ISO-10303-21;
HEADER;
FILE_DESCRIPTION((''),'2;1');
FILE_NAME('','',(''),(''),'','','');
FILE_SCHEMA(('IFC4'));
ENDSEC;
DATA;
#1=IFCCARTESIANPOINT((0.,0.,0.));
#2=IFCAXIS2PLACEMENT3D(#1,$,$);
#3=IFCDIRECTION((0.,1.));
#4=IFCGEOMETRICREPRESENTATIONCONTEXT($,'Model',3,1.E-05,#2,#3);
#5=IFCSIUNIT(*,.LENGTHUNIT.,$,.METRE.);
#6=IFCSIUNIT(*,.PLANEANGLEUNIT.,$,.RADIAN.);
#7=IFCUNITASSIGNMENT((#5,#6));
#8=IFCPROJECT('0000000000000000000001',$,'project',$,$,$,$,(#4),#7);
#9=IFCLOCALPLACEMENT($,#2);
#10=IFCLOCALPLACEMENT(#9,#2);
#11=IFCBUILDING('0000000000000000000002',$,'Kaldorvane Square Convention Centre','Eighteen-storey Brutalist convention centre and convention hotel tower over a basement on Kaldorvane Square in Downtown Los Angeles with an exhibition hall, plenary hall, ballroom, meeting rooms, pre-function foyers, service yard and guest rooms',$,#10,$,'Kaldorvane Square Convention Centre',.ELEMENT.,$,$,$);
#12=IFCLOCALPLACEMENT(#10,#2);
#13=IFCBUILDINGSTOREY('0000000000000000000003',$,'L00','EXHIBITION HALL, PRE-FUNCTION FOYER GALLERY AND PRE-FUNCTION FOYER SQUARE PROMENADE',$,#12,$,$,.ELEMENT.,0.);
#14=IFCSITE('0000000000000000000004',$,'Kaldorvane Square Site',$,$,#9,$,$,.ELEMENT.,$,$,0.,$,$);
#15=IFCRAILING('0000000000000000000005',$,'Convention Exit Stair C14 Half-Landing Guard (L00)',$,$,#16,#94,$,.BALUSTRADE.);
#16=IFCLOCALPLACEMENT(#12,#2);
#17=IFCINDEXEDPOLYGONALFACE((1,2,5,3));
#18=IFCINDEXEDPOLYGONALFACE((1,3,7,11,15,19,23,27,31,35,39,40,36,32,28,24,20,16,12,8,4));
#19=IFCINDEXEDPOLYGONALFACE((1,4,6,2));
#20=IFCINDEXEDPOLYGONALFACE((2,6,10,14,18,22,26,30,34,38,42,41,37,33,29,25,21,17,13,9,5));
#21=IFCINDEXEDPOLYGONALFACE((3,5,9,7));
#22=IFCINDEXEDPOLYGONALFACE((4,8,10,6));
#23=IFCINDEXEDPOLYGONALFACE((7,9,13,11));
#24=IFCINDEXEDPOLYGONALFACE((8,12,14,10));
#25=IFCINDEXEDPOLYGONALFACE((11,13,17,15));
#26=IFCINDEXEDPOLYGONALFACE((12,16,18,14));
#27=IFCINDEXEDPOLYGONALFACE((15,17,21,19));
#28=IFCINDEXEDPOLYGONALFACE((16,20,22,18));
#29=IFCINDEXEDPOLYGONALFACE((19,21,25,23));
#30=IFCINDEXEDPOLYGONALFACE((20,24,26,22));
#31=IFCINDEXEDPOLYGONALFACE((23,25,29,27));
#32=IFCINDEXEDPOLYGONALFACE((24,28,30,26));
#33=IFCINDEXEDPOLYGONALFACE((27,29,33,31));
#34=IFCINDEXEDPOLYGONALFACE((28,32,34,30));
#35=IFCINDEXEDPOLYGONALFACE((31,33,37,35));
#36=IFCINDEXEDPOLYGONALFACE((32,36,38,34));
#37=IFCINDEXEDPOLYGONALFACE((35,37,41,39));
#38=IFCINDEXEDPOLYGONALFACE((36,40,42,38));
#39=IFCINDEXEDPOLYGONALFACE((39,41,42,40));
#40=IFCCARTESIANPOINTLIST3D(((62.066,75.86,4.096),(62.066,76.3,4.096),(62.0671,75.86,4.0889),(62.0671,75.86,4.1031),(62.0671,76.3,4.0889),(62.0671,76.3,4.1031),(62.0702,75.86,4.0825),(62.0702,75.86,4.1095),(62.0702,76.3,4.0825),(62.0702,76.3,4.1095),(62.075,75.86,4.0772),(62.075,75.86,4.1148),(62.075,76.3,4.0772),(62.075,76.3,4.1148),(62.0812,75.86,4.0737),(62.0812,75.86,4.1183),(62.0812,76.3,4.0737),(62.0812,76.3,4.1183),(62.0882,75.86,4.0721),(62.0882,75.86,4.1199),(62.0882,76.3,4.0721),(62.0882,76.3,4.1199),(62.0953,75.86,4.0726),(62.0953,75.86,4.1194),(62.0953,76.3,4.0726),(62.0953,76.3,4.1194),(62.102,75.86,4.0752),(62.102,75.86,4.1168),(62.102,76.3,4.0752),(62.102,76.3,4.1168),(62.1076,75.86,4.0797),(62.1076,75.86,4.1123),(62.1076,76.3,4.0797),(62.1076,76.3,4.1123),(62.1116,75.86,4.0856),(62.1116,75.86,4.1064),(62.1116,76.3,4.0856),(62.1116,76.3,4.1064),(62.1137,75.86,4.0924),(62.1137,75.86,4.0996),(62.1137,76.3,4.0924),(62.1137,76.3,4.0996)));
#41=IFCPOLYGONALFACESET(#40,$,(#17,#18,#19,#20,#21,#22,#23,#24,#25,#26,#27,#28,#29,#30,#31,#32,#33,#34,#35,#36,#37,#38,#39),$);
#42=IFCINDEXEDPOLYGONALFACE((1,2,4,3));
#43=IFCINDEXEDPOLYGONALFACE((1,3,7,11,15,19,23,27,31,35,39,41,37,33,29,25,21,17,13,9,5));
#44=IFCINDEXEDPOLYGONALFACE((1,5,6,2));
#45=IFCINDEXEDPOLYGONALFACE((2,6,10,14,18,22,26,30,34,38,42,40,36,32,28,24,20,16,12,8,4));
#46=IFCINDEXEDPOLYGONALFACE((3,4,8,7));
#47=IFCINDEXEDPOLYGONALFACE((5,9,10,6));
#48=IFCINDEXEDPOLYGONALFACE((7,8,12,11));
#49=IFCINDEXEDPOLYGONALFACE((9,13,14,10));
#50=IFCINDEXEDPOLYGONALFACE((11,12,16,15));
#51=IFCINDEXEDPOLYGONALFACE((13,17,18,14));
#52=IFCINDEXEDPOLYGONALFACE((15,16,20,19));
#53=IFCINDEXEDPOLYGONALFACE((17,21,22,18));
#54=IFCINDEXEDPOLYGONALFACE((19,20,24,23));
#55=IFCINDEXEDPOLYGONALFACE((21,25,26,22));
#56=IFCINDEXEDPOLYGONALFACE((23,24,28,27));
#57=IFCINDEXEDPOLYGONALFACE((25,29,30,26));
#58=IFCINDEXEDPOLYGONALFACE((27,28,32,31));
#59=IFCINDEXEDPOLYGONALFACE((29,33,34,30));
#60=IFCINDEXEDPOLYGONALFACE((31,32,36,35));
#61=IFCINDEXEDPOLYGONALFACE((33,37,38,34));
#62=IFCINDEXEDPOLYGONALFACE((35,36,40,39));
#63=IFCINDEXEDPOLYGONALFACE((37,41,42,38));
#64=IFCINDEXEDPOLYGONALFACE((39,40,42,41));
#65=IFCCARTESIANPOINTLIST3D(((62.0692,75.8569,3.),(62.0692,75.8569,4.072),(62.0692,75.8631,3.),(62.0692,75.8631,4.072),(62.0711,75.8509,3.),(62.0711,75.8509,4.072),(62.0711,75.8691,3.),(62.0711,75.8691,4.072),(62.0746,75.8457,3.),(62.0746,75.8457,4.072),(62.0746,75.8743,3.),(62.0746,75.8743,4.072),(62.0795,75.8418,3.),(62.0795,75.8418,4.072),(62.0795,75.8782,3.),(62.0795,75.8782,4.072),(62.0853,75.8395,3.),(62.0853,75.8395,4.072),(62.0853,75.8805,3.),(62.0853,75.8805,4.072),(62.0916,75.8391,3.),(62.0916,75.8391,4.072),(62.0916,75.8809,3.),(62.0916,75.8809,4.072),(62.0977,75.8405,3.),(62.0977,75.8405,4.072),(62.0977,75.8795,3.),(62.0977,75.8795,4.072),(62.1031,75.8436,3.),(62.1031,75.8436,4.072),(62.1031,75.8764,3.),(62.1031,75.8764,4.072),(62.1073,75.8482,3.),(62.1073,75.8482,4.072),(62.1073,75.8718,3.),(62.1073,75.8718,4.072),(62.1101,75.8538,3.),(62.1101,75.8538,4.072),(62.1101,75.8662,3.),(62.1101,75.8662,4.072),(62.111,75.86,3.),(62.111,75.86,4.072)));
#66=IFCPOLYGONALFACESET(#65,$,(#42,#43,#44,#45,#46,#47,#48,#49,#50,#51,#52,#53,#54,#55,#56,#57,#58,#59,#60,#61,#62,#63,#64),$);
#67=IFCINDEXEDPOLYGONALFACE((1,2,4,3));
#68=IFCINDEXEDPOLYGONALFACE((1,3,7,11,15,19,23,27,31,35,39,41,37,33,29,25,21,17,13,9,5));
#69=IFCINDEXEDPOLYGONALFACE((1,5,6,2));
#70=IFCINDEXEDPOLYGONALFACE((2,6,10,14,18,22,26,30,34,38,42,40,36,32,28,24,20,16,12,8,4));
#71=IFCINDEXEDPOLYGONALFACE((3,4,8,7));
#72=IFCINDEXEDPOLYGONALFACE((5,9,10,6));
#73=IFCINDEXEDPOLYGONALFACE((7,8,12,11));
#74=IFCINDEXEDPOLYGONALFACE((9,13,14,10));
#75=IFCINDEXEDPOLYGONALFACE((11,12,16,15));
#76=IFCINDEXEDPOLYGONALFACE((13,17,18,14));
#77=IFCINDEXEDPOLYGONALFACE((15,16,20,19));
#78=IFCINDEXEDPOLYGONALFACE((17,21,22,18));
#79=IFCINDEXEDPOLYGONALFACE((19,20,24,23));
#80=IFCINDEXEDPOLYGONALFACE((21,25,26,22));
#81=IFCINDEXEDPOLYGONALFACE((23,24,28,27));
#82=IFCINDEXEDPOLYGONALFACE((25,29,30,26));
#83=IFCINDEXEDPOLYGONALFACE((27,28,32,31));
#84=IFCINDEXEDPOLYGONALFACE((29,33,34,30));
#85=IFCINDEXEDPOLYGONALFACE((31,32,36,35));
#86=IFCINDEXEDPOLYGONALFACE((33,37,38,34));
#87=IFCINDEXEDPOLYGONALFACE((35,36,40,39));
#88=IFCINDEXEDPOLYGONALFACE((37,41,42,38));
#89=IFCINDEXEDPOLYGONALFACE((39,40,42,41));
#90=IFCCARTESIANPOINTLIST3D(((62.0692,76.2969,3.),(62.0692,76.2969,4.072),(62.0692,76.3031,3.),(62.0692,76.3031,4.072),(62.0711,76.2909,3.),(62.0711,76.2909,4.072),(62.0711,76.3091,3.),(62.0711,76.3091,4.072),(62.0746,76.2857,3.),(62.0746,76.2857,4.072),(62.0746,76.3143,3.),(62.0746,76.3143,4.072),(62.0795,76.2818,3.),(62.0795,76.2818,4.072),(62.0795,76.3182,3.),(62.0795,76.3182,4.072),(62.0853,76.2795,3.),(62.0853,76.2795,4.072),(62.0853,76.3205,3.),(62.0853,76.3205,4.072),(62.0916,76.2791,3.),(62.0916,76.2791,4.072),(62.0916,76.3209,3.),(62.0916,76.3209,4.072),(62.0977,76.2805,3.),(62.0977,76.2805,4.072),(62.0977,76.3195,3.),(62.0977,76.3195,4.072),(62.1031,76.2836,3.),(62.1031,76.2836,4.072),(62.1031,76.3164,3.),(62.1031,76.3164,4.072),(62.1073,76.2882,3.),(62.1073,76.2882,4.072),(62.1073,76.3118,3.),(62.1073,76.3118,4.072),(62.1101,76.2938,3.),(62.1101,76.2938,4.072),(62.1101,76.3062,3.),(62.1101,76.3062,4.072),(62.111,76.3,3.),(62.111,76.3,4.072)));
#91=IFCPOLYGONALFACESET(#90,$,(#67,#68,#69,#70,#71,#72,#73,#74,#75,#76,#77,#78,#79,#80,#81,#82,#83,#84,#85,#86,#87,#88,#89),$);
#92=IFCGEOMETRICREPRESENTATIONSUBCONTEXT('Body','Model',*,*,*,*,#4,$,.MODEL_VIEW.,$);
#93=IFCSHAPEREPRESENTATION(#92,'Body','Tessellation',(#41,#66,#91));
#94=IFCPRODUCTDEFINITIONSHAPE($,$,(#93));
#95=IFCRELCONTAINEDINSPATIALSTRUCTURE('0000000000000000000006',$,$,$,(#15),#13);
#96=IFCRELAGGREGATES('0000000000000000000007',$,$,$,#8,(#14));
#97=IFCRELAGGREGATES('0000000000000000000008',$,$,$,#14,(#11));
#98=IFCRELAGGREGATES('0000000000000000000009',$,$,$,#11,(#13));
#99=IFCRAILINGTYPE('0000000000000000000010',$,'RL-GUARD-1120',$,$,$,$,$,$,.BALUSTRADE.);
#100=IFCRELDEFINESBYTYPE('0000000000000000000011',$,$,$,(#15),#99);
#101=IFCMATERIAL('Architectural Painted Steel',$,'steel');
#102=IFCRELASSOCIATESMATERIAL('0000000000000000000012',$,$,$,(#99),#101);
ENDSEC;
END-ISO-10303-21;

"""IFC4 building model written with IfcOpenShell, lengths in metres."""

from ifc_helpers import new_model, si_unit, direction, frame, origin, origin_2d, place, context, subcontext, project, spatial, circle, extrude, material, type_object, element, save


model = new_model("IFC4")

# Units and contexts
model_context = context("Model", 3, precision=1e-05, world=origin(), true_north=direction((0.0, 1.0)))
body_context = subcontext(model_context, "Body", "Model", "MODEL_VIEW")
ifc_project = project(units=[si_unit("LENGTHUNIT", "METRE"), si_unit("PLANEANGLEUNIT", "RADIAN")], contexts=[model_context])

# Site, building, storey
site_placement = place(None, origin())
site = spatial("IfcSite", under=ifc_project, at=site_placement, Name="Kaldorvane Square Site", CompositionType="ELEMENT", RefElevation=0.0)
building_placement = place(site_placement, origin())
building = spatial("IfcBuilding", under=site, at=building_placement, Name="Kaldorvane Square Convention Centre", Description="Eighteen-storey Brutalist convention centre and convention hotel tower over a basement on Kaldorvane Square in Downtown Los Angeles with an exhibition hall, plenary hall, ballroom, meeting rooms, pre-function foyers, service yard and guest rooms", LongName="Kaldorvane Square Convention Centre", CompositionType="ELEMENT")
storey_placement = place(building_placement, origin())
storey = spatial("IfcBuildingStorey", under=building, at=storey_placement, Name="L00", Description="EXHIBITION HALL, PRE-FUNCTION FOYER GALLERY AND PRE-FUNCTION FOYER SQUARE PROMENADE", CompositionType="ELEMENT", Elevation=0.0)

# Railing
ifc_material_1 = material(Name="Architectural Painted Steel", Category="steel")
railing_type_1 = type_object("IfcRailingType", Name="RL-GUARD-1120", PredefinedType="BALUSTRADE", material=ifc_material_1)
for number, where, name in (
    (1, (62.09, 75.86, 3.0), "Convention Exit Stair C14 Half-Landing Guard (L00)"),
):
    element("IfcRailing", number, at=place(storey_placement, frame(where)), inside=storey, type_object=railing_type_1, Name=name, PredefinedType="BALUSTRADE", context=body_context, shape_type="SweptSolid", body=[
        extrude(circle(Radius=0.024, at=origin_2d()), frame((0.0, 0.0, 1.096), z_axis=(0.0, 1.0, 0.0), x_axis=(-1.0, 0.0, 0.0)), (0.0, 0.0, 1.0), 0.44),
        extrude(circle(Radius=0.021, at=origin_2d()), origin(), (0.0, 0.0, 1.0), 1.072),
        extrude(circle(Radius=0.021, at=origin_2d()), frame((0.0, 0.44, 0.0)), (0.0, 0.0, 1.0), 1.072),
    ])

save(model, "model.ifc")
